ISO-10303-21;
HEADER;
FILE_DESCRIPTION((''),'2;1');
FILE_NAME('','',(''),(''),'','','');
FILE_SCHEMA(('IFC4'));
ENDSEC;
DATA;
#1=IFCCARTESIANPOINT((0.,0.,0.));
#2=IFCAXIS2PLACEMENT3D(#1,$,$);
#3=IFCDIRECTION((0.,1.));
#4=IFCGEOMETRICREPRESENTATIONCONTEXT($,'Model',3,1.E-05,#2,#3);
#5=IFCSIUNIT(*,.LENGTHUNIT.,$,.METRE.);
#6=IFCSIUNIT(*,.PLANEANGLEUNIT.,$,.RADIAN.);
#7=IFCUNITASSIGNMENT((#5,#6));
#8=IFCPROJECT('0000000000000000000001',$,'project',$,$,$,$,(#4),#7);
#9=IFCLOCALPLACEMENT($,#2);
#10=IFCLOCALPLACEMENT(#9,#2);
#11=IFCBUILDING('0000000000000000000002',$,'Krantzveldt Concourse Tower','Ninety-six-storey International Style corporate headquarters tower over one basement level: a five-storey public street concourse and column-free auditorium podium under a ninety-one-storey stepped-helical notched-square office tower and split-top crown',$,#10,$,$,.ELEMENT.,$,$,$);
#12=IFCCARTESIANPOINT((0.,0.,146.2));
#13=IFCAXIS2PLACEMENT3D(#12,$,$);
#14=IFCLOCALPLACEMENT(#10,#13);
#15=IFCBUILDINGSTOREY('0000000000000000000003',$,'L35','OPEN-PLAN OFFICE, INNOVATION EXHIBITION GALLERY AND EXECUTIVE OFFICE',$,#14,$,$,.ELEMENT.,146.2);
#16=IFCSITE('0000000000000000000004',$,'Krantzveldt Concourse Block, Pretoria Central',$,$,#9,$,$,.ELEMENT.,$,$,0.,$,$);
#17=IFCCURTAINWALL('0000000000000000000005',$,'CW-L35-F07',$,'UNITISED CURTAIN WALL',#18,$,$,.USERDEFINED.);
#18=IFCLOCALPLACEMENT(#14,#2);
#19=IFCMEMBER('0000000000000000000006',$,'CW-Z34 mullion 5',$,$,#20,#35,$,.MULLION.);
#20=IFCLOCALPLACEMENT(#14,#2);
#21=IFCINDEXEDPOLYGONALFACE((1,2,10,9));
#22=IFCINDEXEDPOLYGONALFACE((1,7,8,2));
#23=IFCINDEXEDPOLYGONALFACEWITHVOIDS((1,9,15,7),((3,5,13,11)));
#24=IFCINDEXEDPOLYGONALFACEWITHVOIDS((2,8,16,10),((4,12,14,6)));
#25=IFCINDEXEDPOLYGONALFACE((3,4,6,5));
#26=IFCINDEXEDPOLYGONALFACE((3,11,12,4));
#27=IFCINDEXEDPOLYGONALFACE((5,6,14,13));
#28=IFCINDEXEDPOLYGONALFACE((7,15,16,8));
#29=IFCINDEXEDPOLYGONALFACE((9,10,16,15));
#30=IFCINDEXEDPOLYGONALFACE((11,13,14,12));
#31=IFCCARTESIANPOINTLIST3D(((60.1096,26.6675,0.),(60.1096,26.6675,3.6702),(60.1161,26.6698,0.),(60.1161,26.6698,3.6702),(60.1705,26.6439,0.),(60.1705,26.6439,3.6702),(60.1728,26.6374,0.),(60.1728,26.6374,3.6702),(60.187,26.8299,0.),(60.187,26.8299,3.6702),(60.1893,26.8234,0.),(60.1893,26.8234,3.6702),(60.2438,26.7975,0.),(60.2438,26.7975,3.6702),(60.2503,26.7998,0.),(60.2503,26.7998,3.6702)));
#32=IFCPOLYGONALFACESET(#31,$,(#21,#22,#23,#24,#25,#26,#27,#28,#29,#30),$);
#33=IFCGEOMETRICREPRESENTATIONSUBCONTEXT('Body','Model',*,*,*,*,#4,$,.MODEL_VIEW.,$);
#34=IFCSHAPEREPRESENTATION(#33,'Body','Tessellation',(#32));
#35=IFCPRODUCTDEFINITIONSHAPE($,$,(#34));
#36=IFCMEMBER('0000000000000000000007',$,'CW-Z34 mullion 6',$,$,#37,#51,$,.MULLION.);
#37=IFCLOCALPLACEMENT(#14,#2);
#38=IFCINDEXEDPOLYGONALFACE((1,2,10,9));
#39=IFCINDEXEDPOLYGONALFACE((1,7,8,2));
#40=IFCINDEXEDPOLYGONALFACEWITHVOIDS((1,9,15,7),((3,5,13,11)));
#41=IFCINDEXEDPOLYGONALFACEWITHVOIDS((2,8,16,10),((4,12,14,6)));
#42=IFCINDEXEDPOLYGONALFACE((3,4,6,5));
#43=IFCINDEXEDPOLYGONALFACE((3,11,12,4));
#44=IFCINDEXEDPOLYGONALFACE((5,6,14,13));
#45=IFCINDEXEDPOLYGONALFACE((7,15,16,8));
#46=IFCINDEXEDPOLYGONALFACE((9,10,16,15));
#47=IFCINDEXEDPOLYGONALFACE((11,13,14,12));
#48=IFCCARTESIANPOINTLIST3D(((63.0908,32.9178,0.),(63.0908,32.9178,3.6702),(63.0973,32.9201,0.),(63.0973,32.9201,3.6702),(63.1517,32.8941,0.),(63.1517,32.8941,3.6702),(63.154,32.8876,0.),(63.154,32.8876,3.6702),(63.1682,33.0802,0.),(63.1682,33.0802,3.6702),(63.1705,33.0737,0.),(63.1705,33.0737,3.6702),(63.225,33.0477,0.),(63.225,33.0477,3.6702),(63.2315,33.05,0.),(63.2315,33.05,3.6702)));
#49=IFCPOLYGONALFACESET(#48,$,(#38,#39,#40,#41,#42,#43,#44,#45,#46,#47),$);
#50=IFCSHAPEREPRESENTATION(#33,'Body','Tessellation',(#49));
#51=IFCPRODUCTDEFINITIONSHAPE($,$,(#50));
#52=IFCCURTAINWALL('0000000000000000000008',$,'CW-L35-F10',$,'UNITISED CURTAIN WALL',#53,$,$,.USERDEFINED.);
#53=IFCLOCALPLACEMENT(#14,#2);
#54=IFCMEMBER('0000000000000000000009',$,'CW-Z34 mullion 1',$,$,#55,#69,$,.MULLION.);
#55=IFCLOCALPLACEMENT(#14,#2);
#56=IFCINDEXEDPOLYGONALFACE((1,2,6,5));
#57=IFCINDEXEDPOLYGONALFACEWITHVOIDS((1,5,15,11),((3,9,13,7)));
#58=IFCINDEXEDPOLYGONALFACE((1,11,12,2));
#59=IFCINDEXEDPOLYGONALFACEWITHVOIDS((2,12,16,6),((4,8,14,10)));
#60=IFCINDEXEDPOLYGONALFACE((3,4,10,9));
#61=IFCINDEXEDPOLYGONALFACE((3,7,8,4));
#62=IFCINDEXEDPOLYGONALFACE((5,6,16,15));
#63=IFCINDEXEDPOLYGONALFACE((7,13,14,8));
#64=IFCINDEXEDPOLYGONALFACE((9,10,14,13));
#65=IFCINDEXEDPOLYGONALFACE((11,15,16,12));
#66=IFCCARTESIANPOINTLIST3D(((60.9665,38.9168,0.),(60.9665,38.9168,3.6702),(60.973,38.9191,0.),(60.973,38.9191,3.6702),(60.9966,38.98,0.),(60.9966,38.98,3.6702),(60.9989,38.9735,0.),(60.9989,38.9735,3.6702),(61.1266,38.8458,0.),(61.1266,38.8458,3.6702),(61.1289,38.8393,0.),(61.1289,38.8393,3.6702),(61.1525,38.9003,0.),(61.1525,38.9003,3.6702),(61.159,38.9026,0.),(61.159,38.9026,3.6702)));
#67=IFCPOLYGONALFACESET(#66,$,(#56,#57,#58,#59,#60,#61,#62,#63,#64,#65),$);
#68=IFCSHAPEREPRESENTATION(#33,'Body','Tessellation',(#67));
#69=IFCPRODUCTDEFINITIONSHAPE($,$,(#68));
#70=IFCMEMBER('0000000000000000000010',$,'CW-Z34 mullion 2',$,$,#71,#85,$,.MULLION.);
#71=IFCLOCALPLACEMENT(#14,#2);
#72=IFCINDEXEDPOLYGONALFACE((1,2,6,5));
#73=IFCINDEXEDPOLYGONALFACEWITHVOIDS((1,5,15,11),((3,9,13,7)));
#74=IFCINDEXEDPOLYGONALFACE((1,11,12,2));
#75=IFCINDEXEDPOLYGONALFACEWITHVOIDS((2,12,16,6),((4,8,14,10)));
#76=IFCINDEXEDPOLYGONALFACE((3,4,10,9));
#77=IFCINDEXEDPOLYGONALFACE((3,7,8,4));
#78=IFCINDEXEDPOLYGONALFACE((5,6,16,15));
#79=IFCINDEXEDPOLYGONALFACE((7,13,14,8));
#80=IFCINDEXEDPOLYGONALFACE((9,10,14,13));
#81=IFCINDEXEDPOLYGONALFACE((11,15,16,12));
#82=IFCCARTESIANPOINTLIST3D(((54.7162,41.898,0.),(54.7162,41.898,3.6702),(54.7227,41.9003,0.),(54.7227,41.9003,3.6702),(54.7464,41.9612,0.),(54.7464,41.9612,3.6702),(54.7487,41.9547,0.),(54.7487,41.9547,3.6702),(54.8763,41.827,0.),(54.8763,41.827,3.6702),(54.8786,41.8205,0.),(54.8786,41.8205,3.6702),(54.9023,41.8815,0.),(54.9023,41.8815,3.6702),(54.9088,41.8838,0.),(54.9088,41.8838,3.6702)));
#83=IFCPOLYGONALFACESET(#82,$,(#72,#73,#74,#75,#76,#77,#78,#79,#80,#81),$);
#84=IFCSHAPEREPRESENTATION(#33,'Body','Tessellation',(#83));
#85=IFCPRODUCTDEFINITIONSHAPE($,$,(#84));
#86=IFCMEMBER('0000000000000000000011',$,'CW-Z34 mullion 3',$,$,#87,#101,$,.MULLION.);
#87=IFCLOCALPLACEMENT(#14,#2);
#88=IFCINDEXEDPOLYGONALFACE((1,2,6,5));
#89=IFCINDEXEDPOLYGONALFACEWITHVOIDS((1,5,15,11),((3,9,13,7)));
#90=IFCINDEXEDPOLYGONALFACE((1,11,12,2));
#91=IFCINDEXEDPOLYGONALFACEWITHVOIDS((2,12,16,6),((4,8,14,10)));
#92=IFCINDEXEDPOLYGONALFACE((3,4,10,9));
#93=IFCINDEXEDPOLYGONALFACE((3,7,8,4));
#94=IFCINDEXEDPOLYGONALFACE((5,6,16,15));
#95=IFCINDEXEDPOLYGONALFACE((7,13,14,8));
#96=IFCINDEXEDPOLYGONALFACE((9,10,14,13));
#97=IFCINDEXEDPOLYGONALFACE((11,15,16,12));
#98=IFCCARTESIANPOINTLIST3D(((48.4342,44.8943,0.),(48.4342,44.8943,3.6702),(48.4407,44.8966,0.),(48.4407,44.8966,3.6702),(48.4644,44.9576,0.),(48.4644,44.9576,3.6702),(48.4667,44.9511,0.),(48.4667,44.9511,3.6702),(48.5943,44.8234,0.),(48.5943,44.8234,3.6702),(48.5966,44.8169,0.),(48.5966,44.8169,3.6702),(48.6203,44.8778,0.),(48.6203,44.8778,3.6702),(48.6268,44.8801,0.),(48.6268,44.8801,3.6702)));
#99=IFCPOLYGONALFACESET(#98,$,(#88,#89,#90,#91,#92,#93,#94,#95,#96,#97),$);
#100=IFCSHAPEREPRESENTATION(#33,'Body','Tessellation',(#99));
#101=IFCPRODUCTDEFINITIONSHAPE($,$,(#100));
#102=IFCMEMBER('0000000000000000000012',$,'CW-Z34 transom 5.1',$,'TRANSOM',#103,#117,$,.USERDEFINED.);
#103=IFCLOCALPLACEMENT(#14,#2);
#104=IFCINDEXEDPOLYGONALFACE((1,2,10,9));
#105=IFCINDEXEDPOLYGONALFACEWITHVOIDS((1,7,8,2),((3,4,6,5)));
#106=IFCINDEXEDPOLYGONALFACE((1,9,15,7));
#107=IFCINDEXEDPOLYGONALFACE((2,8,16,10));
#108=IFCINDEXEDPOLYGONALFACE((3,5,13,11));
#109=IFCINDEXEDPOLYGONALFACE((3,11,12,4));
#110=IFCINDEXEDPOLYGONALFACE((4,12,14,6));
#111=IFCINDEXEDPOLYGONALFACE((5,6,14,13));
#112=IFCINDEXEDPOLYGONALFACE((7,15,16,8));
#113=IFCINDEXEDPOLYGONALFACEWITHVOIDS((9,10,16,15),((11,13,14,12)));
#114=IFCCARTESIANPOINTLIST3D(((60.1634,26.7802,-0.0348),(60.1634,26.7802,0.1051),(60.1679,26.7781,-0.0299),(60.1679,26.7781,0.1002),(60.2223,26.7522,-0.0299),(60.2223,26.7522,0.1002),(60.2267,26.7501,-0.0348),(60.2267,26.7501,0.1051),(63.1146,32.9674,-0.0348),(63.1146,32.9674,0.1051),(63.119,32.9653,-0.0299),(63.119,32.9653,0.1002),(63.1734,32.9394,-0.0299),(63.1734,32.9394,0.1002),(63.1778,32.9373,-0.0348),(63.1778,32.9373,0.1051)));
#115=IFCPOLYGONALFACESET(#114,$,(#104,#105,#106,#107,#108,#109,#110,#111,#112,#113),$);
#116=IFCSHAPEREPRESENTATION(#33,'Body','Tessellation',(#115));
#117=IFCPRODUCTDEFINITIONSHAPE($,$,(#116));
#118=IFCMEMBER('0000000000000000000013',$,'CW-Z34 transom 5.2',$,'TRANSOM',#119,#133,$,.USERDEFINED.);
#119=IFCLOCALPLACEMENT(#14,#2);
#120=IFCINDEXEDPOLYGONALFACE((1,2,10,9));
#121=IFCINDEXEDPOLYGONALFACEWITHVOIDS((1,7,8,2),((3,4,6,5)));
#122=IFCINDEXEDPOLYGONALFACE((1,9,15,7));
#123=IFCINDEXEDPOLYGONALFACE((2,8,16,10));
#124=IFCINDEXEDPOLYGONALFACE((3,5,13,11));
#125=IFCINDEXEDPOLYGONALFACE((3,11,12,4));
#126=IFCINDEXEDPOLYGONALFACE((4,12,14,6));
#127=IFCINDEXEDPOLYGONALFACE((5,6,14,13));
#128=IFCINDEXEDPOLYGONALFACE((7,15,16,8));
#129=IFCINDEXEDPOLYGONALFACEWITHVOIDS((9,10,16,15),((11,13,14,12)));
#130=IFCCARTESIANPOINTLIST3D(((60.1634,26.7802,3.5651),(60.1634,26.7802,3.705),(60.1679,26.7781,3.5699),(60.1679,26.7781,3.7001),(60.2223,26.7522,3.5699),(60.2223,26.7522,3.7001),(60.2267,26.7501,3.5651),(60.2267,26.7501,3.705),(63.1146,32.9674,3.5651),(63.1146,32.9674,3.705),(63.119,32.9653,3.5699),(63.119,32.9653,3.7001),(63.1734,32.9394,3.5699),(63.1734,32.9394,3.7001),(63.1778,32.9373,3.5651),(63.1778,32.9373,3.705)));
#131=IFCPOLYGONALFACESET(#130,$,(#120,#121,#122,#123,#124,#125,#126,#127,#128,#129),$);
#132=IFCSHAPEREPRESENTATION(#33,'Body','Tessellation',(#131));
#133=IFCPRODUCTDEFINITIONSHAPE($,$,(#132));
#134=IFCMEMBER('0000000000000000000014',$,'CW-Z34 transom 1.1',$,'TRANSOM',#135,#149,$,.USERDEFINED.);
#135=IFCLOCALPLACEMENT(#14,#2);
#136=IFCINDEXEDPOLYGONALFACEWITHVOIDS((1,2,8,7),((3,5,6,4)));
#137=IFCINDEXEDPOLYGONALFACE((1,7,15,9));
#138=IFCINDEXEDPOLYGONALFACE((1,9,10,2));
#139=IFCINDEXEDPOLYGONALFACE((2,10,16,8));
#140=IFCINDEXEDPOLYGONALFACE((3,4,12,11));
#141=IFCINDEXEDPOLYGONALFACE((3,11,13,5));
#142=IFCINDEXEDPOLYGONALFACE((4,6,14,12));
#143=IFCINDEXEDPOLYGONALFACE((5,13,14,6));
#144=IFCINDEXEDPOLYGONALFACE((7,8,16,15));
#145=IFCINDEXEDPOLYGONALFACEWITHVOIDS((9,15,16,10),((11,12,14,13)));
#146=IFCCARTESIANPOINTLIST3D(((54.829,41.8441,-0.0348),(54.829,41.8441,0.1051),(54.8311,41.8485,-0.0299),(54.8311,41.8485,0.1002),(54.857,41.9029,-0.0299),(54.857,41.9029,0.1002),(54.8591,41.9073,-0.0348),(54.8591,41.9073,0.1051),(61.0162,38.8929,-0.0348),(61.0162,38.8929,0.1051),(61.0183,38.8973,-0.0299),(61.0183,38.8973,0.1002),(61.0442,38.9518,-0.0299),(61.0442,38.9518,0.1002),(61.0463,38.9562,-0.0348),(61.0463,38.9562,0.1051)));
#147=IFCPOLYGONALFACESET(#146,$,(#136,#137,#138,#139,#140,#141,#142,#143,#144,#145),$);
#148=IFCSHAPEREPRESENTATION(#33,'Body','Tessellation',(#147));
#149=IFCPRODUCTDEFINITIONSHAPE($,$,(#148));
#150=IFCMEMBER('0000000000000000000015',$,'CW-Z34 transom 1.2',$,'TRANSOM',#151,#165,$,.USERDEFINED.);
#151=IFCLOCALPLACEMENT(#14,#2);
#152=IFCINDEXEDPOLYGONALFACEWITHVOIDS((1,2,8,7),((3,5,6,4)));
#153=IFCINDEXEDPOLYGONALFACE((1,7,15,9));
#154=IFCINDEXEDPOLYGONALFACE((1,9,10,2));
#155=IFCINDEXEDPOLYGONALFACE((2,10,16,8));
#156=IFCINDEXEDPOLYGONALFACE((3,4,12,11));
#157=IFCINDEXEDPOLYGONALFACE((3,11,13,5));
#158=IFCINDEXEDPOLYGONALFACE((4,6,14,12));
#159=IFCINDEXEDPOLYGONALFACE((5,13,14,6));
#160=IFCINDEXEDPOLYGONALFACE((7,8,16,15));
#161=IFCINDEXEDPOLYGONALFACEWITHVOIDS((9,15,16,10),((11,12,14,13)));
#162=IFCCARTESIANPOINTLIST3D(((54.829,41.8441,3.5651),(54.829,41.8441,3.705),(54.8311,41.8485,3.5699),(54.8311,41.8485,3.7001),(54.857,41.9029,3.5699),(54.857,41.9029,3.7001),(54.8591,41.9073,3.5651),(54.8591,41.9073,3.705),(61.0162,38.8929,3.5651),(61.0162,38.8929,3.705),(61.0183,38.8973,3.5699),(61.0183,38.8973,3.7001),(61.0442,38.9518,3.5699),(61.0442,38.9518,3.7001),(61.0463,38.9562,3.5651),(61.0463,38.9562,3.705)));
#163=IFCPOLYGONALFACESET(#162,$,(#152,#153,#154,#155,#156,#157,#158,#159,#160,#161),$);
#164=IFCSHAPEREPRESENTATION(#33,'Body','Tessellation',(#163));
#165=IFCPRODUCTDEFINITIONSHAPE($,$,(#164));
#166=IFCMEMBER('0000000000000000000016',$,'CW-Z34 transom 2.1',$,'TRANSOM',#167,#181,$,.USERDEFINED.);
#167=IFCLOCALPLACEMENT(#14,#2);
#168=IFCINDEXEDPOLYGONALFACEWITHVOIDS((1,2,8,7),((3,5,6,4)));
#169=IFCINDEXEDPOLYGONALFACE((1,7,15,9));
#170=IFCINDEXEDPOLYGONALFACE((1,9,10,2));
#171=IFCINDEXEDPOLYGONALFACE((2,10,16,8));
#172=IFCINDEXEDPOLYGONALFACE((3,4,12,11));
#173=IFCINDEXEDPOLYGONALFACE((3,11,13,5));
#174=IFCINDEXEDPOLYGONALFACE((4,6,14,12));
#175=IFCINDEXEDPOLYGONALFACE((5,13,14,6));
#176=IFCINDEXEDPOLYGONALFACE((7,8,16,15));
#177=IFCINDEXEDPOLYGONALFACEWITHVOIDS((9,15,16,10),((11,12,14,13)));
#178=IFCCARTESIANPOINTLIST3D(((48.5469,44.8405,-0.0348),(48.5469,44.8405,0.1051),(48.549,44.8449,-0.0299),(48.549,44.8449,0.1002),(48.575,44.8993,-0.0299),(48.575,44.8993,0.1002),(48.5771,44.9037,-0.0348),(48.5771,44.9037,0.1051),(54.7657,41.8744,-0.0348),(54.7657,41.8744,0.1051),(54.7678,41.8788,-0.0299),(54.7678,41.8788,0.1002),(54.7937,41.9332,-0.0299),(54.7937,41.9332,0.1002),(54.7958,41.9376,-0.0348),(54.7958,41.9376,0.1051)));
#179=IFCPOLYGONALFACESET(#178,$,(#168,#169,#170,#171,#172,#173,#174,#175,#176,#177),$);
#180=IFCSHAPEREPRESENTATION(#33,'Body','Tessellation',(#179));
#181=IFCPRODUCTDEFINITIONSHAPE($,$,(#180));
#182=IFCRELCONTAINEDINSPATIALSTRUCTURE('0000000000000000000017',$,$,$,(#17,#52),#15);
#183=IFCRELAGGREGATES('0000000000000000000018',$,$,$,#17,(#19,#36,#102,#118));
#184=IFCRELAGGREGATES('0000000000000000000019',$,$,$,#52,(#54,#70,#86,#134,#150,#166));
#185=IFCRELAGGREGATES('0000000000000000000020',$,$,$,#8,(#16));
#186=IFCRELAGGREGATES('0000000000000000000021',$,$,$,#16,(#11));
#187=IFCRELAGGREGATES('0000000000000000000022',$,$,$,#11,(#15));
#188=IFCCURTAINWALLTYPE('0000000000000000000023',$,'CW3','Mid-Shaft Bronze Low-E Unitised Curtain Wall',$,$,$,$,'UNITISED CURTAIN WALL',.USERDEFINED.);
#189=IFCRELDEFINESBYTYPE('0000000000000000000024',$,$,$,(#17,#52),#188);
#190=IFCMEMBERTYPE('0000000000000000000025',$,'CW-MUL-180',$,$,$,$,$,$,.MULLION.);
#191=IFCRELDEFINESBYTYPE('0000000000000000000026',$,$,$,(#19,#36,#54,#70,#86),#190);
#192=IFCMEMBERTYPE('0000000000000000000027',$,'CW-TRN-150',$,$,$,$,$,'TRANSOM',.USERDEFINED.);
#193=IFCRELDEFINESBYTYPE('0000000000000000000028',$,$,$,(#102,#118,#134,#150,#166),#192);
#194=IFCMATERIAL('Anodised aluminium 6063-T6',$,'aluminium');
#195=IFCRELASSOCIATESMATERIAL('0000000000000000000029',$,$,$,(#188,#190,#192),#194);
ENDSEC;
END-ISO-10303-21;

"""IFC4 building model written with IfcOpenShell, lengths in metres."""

from ifc_helpers import new_model, si_unit, direction, frame, origin, origin_2d, place, context, subcontext, project, spatial, hollow_rectangle, extrude, source, transform, mapped, material, material_profile, profile_set, type_object, type_shapes, element, aggregate, save


model = new_model("IFC4")

# Units and contexts
model_context = context("Model", 3, precision=1e-05, world=origin(), true_north=direction((0.0, 1.0)))
body_context = subcontext(model_context, "Body", "Model", "MODEL_VIEW")
ifc_project = project(units=[si_unit("LENGTHUNIT", "METRE"), si_unit("PLANEANGLEUNIT", "RADIAN")], contexts=[model_context])

# Site, building, storey
site_placement = place(None, origin())
site = spatial("IfcSite", under=ifc_project, at=site_placement, Name="Krantzveldt Concourse Block, Pretoria Central", CompositionType="ELEMENT", RefElevation=0.0)
building_placement = place(site_placement, origin())
building = spatial("IfcBuilding", under=site, at=building_placement, Name="Krantzveldt Concourse Tower", Description="Ninety-six-storey International Style corporate headquarters tower over one basement level: a five-storey public street concourse and column-free auditorium podium under a ninety-one-storey stepped-helical notched-square office tower and split-top crown", CompositionType="ELEMENT")
storey_placement = place(building_placement, frame((0.0, 0.0, 146.2)))
storey = spatial("IfcBuildingStorey", under=building, at=storey_placement, Name="L35", Description="OPEN-PLAN OFFICE, INNOVATION EXHIBITION GALLERY AND EXECUTIVE OFFICE", CompositionType="ELEMENT", Elevation=146.2)

# Curtain walls, members
ifc_material_1 = material(Name="Anodised aluminium 6063-T6", Category="aluminium")
curtain_wall_type = type_object("IfcCurtainWallType", Name="CW3", Description="Mid-Shaft Bronze Low-E Unitised Curtain Wall", ElementType="UNITISED CURTAIN WALL", PredefinedType="USERDEFINED", material=ifc_material_1)
curtain_wall_1_placement = place(storey_placement, origin())
curtain_wall_1 = element("IfcCurtainWall", 1, at=curtain_wall_1_placement, inside=storey, type_object=curtain_wall_type, Name="CW-L35-F07", ObjectType="UNITISED CURTAIN WALL", PredefinedType="USERDEFINED")
ifc_material_profile_1 = material_profile(ifc_material_1, hollow_rectangle(XDim=0.0701, YDim=0.1799, WallThickness=0.0049, at=origin_2d()), Name="Anodised aluminium 6063-T6", Category="aluminium")
ifc_profile_set_1 = profile_set([ifc_material_profile_1], Name="Anodised aluminium 6063-T6 - ALU-MULL 180x70x5")
member_type_1 = type_object("IfcMemberType", Name="CW-MUL-180", PredefinedType="MULLION", material=ifc_profile_set_1)
shared_shape_1 = source(origin(), body_context, "Body", "SweptSolid", [
    extrude(hollow_rectangle(XDim=0.0701, YDim=0.1799, WallThickness=0.0049, at=origin_2d()), origin(), (0.0, 0.0, 1.0), 3.6702),
])
type_shapes(member_type_1, [shared_shape_1])
member_1_placement = place(storey_placement, frame((60.1799, 26.7336, 0.0), z_axis=(0.0, 0.0, 1.0), x_axis=(-0.902585, 0.430511, 0.0)))
member_1 = element("IfcMember", 2, at=member_1_placement, type_object=member_type_1, Name="CW-Z34 mullion 5", PredefinedType="MULLION", context=body_context, shape_type="MappedRepresentation", body=[
    mapped(shared_shape_1, transform((0.0, 0.0, 0.0), x_axis=(1.0, 0.0, 0.0), y_axis=(0.0, 1.0, 0.0), z_axis=(0.0, 0.0, 1.0), scale=1.0)),
])
member_2_placement = place(storey_placement, frame((63.1611, 32.9839, 0.0), z_axis=(0.0, 0.0, 1.0), x_axis=(-0.902585, 0.430511, 0.0)))
member_2 = element("IfcMember", 3, at=member_2_placement, type_object=member_type_1, Name="CW-Z34 mullion 6", PredefinedType="MULLION", context=body_context, shape_type="MappedRepresentation", body=[
    mapped(shared_shape_1, transform((0.0, 0.0, 0.0), x_axis=(1.0, 0.0, 0.0), y_axis=(0.0, 1.0, 0.0), z_axis=(0.0, 0.0, 1.0), scale=1.0)),
])
curtain_wall_2_placement = place(storey_placement, origin())
curtain_wall_2 = element("IfcCurtainWall", 4, at=curtain_wall_2_placement, inside=storey, type_object=curtain_wall_type, Name="CW-L35-F10", ObjectType="UNITISED CURTAIN WALL", PredefinedType="USERDEFINED")
member_3_placement = place(storey_placement, frame((61.0627, 38.9097, 0.0), z_axis=(0.0, 0.0, 1.0), x_axis=(-0.430511, -0.902585, 0.0)))
member_3 = element("IfcMember", 5, at=member_3_placement, type_object=member_type_1, Name="CW-Z34 mullion 1", PredefinedType="MULLION", context=body_context, shape_type="MappedRepresentation", body=[
    mapped(shared_shape_1, transform((0.0, 0.0, 0.0), x_axis=(1.0, 0.0, 0.0), y_axis=(0.0, 1.0, 0.0), z_axis=(0.0, 0.0, 1.0), scale=1.0)),
])
member_4_placement = place(storey_placement, frame((54.8125, 41.8909, 0.0), z_axis=(0.0, 0.0, 1.0), x_axis=(-0.430511, -0.902585, 0.0)))
member_4 = element("IfcMember", 6, at=member_4_placement, type_object=member_type_1, Name="CW-Z34 mullion 2", PredefinedType="MULLION", context=body_context, shape_type="MappedRepresentation", body=[
    mapped(shared_shape_1, transform((0.0, 0.0, 0.0), x_axis=(1.0, 0.0, 0.0), y_axis=(0.0, 1.0, 0.0), z_axis=(0.0, 0.0, 1.0), scale=1.0)),
])
member_5_placement = place(storey_placement, frame((48.5305, 44.8872, 0.0), z_axis=(0.0, 0.0, 1.0), x_axis=(-0.430511, -0.902585, 0.0)))
member_5 = element("IfcMember", 7, at=member_5_placement, type_object=member_type_1, Name="CW-Z34 mullion 3", PredefinedType="MULLION", context=body_context, shape_type="MappedRepresentation", body=[
    mapped(shared_shape_1, transform((0.0, 0.0, 0.0), x_axis=(1.0, 0.0, 0.0), y_axis=(0.0, 1.0, 0.0), z_axis=(0.0, 0.0, 1.0), scale=1.0)),
])

# Members
ifc_material_profile_2 = material_profile(ifc_material_1, hollow_rectangle(XDim=0.0701, YDim=0.1399, WallThickness=0.0049, at=origin_2d()), Name="Anodised aluminium 6063-T6", Category="aluminium")
ifc_profile_set_2 = profile_set([ifc_material_profile_2], Name="Anodised aluminium 6063-T6 - ALU-TRAN 140x70x5")
member_type_2 = type_object("IfcMemberType", Name="CW-TRN-150", ElementType="TRANSOM", PredefinedType="USERDEFINED", material=ifc_profile_set_2)
shared_shape_2 = source(origin(), body_context, "Body", "SweptSolid", [
    extrude(hollow_rectangle(XDim=0.0701, YDim=0.1399, WallThickness=0.0049, at=origin_2d()), origin(), (0.0, 0.0, 1.0), 6.855),
])
member_6_placement = place(storey_placement, frame((60.1951, 26.7651, 0.0352), z_axis=(0.430511, 0.902585, 0.0), x_axis=(-0.902585, 0.430511, 0.0)))
member_6 = element("IfcMember", 8, at=member_6_placement, type_object=member_type_2, Name="CW-Z34 transom 5.1", ObjectType="TRANSOM", PredefinedType="USERDEFINED", context=body_context, shape_type="MappedRepresentation", body=[
    mapped(shared_shape_2, transform((0.0, 0.0, 0.0), x_axis=(1.0, 0.0, 0.0), y_axis=(0.0, 1.0, 0.0), z_axis=(0.0, 0.0, 1.0), scale=1.0)),
])
member_7_placement = place(storey_placement, frame((60.1951, 26.7651, 3.635), z_axis=(0.430511, 0.902585, 0.0), x_axis=(-0.902585, 0.430511, 0.0)))
member_7 = element("IfcMember", 9, at=member_7_placement, type_object=member_type_2, Name="CW-Z34 transom 5.2", ObjectType="TRANSOM", PredefinedType="USERDEFINED", context=body_context, shape_type="MappedRepresentation", body=[
    mapped(shared_shape_2, transform((0.0, 0.0, 0.0), x_axis=(1.0, 0.0, 0.0), y_axis=(0.0, 1.0, 0.0), z_axis=(0.0, 0.0, 1.0), scale=1.0)),
])
member_8_placement = place(storey_placement, frame((61.0312, 38.9246, 0.0352), z_axis=(-0.902585, 0.430511, 0.0), x_axis=(-0.430511, -0.902585, 0.0)))
member_8 = element("IfcMember", 10, at=member_8_placement, type_object=member_type_2, Name="CW-Z34 transom 1.1", ObjectType="TRANSOM", PredefinedType="USERDEFINED", context=body_context, shape_type="MappedRepresentation", body=[
    mapped(shared_shape_2, transform((0.0, 0.0, 0.0), x_axis=(1.0, 0.0, 0.0), y_axis=(0.0, 1.0, 0.0), z_axis=(0.0, 0.0, 1.0), scale=1.0)),
])
member_9_placement = place(storey_placement, frame((61.0312, 38.9246, 3.635), z_axis=(-0.902585, 0.430511, 0.0), x_axis=(-0.430511, -0.902585, 0.0)))
member_9 = element("IfcMember", 11, at=member_9_placement, type_object=member_type_2, Name="CW-Z34 transom 1.2", ObjectType="TRANSOM", PredefinedType="USERDEFINED", context=body_context, shape_type="MappedRepresentation", body=[
    mapped(shared_shape_2, transform((0.0, 0.0, 0.0), x_axis=(1.0, 0.0, 0.0), y_axis=(0.0, 1.0, 0.0), z_axis=(0.0, 0.0, 1.0), scale=1.0)),
])
shared_shape_3 = source(origin(), body_context, "Body", "SweptSolid", [
    extrude(hollow_rectangle(XDim=0.0701, YDim=0.1399, WallThickness=0.0049, at=origin_2d()), origin(), (0.0, 0.0, 1.0), 6.8899),
])
type_shapes(member_type_2, [shared_shape_2, shared_shape_3])
member_10_placement = place(storey_placement, frame((54.7808, 41.906, 0.0352), z_axis=(-0.902592, 0.430496, 0.0), x_axis=(-0.430496, -0.902592, 0.0)))
member_10 = element("IfcMember", 12, at=member_10_placement, type_object=member_type_2, Name="CW-Z34 transom 2.1", ObjectType="TRANSOM", PredefinedType="USERDEFINED", context=body_context, shape_type="MappedRepresentation", body=[
    mapped(shared_shape_3, transform((0.0, 0.0, 0.0), x_axis=(1.0, 0.0, 0.0), y_axis=(0.0, 1.0, 0.0), z_axis=(0.0, 0.0, 1.0), scale=1.0)),
])

aggregate(curtain_wall_1, [member_1, member_2, member_6, member_7])
aggregate(curtain_wall_2, [member_3, member_4, member_5, member_8, member_9, member_10])

save(model, "model.ifc")
